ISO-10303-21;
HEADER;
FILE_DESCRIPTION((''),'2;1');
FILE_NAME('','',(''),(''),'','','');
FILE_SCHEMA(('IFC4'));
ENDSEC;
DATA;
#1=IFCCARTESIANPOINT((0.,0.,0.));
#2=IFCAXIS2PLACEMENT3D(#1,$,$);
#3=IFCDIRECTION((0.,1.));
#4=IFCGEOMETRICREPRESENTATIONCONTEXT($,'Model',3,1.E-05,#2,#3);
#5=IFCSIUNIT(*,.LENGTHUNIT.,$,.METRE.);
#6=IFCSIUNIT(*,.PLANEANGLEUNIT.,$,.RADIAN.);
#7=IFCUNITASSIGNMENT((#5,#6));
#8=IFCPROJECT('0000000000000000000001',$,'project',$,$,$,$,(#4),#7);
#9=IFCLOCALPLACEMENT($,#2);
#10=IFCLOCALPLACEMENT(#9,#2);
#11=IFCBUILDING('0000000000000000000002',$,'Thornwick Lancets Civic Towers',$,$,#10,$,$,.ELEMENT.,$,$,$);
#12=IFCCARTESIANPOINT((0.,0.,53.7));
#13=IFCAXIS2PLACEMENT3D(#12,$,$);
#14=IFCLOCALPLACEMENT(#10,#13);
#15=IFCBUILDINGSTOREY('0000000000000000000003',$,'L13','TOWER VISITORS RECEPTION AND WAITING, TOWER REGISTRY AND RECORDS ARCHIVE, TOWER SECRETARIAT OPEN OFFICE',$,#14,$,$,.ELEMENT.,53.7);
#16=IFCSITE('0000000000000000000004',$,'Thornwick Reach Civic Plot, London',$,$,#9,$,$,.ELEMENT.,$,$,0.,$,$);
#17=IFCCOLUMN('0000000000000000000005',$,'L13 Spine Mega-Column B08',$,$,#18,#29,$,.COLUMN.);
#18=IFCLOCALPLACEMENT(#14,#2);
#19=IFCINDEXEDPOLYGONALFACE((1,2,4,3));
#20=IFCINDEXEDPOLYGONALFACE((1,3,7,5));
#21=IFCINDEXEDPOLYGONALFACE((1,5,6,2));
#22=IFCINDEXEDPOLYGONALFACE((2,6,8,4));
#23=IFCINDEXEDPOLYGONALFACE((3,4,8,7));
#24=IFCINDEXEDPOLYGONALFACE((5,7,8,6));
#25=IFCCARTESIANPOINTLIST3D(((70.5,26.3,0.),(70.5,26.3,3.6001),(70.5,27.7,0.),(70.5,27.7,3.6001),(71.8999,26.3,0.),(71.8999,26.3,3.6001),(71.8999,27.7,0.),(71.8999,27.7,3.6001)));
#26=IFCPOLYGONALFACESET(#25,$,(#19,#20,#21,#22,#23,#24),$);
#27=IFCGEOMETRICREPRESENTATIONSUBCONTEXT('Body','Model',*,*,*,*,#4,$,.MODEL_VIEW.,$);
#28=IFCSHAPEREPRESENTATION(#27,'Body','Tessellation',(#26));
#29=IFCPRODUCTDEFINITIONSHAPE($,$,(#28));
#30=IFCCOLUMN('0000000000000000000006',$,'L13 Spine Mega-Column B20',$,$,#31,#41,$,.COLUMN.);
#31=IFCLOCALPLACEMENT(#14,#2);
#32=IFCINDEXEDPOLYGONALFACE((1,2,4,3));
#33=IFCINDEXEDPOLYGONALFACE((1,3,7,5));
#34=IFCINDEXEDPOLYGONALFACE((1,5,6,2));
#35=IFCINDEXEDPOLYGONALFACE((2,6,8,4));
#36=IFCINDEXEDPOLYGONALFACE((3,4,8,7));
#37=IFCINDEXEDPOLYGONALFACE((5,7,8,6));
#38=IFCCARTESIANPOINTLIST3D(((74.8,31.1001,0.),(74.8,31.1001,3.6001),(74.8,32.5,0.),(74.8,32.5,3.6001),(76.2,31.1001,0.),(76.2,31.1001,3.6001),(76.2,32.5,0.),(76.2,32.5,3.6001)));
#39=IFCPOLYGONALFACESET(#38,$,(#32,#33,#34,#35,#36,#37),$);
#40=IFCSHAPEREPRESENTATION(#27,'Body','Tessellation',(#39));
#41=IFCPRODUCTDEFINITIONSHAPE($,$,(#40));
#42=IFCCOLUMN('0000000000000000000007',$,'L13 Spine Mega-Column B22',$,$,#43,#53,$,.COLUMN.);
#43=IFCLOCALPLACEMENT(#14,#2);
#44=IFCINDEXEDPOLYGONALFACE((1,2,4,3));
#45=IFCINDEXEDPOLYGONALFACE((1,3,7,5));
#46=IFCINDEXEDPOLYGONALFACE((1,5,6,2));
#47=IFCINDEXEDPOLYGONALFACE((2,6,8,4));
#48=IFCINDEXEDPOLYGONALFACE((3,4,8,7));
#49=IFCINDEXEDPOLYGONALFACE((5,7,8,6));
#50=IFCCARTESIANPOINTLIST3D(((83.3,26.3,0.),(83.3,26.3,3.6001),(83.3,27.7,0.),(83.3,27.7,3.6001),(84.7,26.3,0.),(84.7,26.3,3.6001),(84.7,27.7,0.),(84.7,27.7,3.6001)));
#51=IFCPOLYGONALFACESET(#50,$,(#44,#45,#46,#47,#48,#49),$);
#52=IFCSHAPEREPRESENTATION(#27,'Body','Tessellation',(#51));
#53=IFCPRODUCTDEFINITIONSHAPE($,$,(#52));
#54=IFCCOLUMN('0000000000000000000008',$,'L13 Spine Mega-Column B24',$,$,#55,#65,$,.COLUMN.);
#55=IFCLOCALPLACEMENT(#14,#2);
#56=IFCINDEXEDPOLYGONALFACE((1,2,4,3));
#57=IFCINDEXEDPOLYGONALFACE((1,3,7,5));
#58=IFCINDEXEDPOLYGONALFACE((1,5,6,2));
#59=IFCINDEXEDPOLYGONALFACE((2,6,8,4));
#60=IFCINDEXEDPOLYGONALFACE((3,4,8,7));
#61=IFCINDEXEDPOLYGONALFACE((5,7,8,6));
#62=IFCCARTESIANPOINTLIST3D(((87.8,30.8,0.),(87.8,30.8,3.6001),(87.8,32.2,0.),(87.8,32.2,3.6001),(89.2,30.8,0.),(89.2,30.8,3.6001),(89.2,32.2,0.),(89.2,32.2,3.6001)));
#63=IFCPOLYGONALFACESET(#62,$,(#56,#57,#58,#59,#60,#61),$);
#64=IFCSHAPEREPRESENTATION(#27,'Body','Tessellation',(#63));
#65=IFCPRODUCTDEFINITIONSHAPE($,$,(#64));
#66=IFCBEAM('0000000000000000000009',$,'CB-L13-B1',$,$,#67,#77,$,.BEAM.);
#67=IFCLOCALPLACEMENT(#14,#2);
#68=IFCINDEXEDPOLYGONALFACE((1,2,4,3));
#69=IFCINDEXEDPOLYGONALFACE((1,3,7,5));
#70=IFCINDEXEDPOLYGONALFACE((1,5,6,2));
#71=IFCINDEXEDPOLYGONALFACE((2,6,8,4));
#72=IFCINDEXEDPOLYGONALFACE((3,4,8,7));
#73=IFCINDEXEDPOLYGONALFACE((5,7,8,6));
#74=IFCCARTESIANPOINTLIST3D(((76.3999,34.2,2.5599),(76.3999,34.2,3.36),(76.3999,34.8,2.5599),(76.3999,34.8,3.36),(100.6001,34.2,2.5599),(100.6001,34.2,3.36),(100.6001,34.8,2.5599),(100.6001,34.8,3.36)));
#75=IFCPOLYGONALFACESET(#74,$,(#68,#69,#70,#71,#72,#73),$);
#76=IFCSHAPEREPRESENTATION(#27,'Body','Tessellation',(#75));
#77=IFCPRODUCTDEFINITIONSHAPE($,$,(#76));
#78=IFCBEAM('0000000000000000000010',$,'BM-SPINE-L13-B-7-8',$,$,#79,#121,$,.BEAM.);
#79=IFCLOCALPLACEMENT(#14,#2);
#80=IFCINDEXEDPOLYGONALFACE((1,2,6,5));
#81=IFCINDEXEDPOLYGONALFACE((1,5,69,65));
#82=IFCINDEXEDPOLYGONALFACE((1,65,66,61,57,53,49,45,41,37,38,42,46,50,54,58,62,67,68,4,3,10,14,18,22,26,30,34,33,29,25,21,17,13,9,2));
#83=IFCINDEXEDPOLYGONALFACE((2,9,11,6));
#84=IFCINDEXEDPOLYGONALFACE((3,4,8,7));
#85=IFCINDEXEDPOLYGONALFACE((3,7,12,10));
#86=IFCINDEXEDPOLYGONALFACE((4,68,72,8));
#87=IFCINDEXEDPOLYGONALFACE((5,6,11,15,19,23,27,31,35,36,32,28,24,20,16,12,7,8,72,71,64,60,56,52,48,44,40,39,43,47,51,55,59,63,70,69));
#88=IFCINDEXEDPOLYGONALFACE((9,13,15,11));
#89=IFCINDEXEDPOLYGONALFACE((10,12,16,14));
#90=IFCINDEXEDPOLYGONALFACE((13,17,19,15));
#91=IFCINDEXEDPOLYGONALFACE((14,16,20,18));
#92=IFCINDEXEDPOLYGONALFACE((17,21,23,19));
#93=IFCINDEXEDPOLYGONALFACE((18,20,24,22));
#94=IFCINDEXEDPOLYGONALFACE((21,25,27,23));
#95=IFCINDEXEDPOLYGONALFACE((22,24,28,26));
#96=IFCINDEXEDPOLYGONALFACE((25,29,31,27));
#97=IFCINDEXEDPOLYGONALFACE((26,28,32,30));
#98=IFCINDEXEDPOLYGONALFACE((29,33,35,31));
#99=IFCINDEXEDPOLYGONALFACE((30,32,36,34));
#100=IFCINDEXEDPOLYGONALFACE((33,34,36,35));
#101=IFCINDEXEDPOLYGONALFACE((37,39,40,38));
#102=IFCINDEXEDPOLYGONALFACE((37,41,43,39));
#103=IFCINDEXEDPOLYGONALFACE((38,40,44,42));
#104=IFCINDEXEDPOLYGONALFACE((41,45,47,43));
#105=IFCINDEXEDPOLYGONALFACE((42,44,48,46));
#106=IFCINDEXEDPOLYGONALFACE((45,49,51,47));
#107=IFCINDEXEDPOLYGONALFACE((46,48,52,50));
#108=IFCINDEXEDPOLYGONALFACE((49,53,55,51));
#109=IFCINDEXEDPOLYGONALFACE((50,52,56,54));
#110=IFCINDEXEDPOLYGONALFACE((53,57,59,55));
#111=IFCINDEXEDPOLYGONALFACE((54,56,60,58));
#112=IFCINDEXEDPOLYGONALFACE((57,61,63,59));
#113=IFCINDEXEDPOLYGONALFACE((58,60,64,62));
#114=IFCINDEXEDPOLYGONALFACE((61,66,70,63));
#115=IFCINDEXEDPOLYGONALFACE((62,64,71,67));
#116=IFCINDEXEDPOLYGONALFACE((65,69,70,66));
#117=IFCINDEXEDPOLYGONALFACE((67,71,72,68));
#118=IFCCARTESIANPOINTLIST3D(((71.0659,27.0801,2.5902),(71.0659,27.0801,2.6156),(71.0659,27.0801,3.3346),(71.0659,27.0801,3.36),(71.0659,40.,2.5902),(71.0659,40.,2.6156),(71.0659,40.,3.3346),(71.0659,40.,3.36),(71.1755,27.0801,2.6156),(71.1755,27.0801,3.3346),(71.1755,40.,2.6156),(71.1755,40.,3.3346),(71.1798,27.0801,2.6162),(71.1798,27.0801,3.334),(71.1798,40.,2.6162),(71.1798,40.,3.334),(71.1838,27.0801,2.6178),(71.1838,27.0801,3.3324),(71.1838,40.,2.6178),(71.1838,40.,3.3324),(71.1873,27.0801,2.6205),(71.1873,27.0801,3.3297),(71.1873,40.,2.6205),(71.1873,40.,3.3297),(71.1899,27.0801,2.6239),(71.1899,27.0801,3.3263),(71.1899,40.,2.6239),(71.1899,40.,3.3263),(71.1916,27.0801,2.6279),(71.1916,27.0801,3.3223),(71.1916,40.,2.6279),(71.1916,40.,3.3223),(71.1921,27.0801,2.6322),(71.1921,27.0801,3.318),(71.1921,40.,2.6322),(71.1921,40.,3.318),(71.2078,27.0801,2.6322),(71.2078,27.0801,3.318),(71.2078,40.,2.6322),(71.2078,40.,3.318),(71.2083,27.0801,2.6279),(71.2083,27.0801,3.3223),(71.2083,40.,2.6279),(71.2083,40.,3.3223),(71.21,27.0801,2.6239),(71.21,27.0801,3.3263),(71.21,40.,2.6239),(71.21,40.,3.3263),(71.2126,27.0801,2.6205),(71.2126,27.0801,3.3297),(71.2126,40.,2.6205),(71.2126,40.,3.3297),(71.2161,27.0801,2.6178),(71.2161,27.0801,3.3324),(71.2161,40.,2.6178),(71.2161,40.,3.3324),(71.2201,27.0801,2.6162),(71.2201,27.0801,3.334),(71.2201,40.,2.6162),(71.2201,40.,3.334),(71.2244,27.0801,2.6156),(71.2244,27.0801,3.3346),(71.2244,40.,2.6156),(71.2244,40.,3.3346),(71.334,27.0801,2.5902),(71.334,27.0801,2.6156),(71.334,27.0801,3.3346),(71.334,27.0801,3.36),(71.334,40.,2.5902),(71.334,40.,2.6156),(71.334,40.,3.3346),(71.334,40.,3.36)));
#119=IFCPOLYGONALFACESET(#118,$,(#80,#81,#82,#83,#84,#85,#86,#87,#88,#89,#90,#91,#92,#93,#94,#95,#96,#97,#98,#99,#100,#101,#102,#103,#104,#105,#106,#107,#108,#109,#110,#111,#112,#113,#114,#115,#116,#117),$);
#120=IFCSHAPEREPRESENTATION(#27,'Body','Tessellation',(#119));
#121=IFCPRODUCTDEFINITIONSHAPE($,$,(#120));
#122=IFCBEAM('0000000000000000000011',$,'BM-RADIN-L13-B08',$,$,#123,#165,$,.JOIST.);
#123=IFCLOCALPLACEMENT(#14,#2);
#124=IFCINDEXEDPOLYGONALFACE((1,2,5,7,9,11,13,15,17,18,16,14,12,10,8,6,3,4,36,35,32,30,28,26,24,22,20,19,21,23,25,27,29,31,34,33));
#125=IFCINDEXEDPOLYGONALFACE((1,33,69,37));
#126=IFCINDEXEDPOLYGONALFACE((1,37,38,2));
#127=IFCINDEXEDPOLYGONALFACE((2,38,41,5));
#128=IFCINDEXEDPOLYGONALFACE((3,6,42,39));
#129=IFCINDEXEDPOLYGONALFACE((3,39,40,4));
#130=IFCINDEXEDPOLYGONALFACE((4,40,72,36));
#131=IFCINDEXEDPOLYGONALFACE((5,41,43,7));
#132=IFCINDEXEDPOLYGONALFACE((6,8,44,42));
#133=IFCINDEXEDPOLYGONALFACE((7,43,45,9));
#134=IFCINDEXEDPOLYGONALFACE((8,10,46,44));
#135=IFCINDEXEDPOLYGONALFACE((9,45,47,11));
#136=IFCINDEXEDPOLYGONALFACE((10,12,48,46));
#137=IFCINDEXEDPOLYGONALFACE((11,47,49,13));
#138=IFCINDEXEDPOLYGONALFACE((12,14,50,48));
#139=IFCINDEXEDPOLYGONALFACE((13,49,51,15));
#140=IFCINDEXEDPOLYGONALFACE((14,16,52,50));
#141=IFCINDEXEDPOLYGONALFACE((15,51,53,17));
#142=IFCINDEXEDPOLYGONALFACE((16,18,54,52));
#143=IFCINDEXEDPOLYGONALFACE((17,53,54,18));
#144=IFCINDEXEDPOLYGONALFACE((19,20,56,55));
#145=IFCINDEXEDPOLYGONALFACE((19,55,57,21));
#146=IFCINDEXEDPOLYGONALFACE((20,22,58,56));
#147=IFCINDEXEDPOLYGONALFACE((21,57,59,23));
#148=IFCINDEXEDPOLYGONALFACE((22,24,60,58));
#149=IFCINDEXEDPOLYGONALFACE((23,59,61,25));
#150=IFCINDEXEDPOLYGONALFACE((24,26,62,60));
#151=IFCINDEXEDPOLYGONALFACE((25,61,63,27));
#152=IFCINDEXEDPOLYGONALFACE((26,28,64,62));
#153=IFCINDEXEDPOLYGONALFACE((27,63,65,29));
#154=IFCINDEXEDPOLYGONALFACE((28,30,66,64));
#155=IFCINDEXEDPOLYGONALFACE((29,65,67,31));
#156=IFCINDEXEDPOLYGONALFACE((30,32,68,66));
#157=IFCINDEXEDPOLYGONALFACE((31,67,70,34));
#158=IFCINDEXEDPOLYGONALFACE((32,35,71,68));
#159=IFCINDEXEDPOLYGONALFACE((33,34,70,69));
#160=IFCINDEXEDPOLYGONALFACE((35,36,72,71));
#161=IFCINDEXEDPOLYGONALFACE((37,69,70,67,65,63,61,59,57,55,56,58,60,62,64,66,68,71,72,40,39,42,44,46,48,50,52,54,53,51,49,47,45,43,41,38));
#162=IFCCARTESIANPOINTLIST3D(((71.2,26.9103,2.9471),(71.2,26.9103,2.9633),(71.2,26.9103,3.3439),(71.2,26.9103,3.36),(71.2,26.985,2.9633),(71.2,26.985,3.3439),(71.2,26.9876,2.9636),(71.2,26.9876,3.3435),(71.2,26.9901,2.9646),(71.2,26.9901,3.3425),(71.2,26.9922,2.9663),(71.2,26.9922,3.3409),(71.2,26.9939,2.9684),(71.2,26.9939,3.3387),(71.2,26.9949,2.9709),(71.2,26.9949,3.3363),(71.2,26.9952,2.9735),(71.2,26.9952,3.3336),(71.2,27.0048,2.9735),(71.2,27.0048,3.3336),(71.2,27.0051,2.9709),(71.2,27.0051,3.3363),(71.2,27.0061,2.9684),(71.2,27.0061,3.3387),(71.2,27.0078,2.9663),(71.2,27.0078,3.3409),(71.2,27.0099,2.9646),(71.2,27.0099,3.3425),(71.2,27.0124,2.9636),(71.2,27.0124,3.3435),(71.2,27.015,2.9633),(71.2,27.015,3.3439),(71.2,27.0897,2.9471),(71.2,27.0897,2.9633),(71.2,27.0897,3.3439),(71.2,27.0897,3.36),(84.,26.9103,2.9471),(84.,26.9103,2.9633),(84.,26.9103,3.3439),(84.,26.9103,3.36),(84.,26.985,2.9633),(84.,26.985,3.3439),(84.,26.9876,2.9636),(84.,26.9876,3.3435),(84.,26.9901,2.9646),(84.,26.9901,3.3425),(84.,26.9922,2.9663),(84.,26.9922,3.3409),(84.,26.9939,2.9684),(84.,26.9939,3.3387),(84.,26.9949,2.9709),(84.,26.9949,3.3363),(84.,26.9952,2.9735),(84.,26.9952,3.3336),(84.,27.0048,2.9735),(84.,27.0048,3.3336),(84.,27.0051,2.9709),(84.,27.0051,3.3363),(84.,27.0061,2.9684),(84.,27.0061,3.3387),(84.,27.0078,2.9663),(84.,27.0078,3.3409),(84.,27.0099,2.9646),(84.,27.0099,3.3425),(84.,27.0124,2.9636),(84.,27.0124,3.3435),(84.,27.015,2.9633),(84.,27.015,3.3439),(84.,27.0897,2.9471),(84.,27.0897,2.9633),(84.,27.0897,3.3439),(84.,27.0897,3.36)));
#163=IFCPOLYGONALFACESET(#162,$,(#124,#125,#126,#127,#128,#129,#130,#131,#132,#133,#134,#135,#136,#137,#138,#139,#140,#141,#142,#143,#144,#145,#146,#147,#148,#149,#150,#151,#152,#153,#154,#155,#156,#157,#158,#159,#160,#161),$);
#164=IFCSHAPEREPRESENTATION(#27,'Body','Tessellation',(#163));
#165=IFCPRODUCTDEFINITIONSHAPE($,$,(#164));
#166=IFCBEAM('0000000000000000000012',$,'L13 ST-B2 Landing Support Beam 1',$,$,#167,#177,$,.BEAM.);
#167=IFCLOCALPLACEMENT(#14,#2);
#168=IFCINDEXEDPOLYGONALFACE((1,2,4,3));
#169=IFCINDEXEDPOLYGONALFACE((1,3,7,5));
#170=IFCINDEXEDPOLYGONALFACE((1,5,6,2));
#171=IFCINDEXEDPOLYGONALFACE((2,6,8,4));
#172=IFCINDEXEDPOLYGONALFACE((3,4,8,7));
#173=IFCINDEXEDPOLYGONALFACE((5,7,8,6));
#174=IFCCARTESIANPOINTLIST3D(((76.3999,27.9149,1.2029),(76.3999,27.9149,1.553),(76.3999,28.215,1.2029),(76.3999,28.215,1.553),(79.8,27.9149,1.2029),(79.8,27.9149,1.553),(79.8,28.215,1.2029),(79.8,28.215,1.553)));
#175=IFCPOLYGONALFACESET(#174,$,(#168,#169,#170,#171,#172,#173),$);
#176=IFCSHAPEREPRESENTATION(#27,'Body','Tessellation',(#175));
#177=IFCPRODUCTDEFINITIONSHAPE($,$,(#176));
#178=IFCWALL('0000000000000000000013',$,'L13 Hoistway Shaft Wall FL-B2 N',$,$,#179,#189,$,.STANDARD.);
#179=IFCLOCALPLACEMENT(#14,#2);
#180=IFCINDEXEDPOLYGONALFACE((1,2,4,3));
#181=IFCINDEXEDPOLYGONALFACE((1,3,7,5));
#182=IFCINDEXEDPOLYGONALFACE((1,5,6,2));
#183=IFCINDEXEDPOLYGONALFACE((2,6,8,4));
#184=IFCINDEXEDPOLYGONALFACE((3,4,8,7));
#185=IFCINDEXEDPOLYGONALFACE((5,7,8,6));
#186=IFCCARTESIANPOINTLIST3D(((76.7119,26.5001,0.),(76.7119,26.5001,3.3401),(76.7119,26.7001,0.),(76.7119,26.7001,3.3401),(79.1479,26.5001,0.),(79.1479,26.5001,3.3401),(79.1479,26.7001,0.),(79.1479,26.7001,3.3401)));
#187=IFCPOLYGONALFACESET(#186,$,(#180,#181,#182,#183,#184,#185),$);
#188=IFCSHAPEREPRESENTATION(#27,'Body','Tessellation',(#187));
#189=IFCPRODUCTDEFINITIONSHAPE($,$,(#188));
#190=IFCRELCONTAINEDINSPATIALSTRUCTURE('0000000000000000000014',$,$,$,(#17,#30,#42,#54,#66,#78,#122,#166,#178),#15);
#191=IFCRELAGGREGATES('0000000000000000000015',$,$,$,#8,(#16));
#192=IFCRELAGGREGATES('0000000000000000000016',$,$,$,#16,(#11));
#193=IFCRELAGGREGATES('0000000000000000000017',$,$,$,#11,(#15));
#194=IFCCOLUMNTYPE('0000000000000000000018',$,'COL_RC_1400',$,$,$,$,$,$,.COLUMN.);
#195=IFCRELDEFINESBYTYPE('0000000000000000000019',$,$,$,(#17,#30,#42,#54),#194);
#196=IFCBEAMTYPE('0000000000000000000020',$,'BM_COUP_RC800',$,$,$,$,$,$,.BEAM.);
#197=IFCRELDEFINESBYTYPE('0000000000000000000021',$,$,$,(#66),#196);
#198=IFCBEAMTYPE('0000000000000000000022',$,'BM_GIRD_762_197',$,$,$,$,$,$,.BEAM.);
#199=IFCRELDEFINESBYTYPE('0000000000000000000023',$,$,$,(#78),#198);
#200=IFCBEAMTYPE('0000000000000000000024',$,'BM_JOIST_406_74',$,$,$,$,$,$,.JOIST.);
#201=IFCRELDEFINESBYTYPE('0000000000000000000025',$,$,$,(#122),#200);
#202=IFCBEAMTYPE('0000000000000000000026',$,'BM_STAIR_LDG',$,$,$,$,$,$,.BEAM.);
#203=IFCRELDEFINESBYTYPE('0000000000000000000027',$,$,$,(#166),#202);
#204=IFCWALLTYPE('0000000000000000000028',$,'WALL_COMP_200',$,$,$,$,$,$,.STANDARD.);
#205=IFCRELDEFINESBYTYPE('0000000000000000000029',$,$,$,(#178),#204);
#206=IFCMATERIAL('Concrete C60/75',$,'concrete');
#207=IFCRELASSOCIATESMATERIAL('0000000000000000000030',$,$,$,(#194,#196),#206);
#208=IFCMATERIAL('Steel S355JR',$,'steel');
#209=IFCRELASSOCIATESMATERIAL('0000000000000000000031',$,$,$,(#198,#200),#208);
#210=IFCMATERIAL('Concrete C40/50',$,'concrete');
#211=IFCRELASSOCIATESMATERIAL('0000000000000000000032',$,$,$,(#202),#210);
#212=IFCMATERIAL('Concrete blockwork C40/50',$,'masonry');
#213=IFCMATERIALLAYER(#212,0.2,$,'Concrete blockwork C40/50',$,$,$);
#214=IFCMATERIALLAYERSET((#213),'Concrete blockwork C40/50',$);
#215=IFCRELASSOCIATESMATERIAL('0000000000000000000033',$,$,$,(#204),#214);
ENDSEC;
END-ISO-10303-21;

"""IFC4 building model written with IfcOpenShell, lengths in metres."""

from ifc_helpers import new_model, si_unit, direction, frame, frame_2d, origin, origin_2d, place, context, subcontext, project, spatial, rectangle, i_section, extrude, material, layer, layer_set, material_profile, profile_set, type_object, element, save


model = new_model("IFC4")

# Units and contexts
model_context = context("Model", 3, precision=1e-05, world=origin(), true_north=direction((0.0, 1.0)))
body_context = subcontext(model_context, "Body", "Model", "MODEL_VIEW")
ifc_project = project(units=[si_unit("LENGTHUNIT", "METRE"), si_unit("PLANEANGLEUNIT", "RADIAN")], contexts=[model_context])

# Site, building, storey
site_placement = place(None, origin())
site = spatial("IfcSite", under=ifc_project, at=site_placement, Name="Thornwick Reach Civic Plot, London", CompositionType="ELEMENT", RefElevation=0.0)
building_placement = place(site_placement, origin())
building = spatial("IfcBuilding", under=site, at=building_placement, Name="Thornwick Lancets Civic Towers", CompositionType="ELEMENT")
storey_placement = place(building_placement, frame((0.0, 0.0, 53.7)))
storey = spatial("IfcBuildingStorey", under=building, at=storey_placement, Name="L13", Description="TOWER VISITORS RECEPTION AND WAITING, TOWER REGISTRY AND RECORDS ARCHIVE, TOWER SECRETARIAT OPEN OFFICE", CompositionType="ELEMENT", Elevation=53.7)

# Columns
ifc_material_1 = material(Name="Concrete C60/75", Category="concrete")
ifc_material_profile_1 = material_profile(ifc_material_1, rectangle(XDim=1.3999, YDim=1.3999, at=origin_2d()), Name="RC 1400x1400")
ifc_profile_set_1 = profile_set([ifc_material_profile_1], Name="Concrete C60/75")
column_type = type_object("IfcColumnType", Name="COL_RC_1400", PredefinedType="COLUMN", material=ifc_profile_set_1)
for number, where, z_axis, x_axis, name in (
    (1, (71.2, 27.0, 0.0), (0.0, 0.0, 1.0), (1.0, 0.0, 0.0), "L13 Spine Mega-Column B08"),
    (2, (75.5, 31.8, 0.0), (0.0, 0.0, 1.0), (1.0, 0.0, 0.0), "L13 Spine Mega-Column B20"),
    (3, (84.0, 27.0, 0.0), (0.0, 0.0, 1.0), (1.0, 0.0, 0.0), "L13 Spine Mega-Column B22"),
    (4, (88.5, 31.5, 0.0), (0.0, 0.0, 1.0), (1.0, 0.0, 0.0), "L13 Spine Mega-Column B24"),
):
    element("IfcColumn", number, at=place(storey_placement, frame(where, z_axis=z_axis, x_axis=x_axis)), inside=storey, type_object=column_type, Name=name, PredefinedType="COLUMN", context=body_context, shape_type="SweptSolid", body=[
        extrude(rectangle(XDim=1.3999, YDim=1.3999, at=origin_2d()), origin(), (0.0, 0.0, 1.0), 3.6001),
    ])

# Beams
ifc_material_profile_2 = material_profile(ifc_material_1, rectangle(XDim=0.6001, YDim=0.8, at=origin_2d()), Name="RC 600x800")
ifc_profile_set_2 = profile_set([ifc_material_profile_2], Name="Concrete C60/75")
beam_type_1 = type_object("IfcBeamType", Name="BM_COUP_RC800", PredefinedType="BEAM", material=ifc_profile_set_2)
beam_1_placement = place(storey_placement, frame((76.3999, 34.5, 2.96), z_axis=(1.0, 0.0, 0.0), x_axis=(0.0, 1.0, 0.0)))
element("IfcBeam", 5, at=beam_1_placement, inside=storey, type_object=beam_type_1, Name="CB-L13-B1", PredefinedType="BEAM", context=body_context, shape_type="SweptSolid", body=[
    extrude(rectangle(XDim=0.6001, YDim=0.8, at=origin_2d()), origin(), (0.0, 0.0, 1.0), 24.2002),
])
ifc_material_2 = material(Name="Steel S355JR", Category="steel")
ifc_material_profile_3 = material_profile(ifc_material_2, i_section(OverallWidth=0.2681, OverallDepth=0.7698, WebThickness=0.0156, FlangeThickness=0.0254, FilletRadius=0.0166, at=origin_2d()), Name="UKB 762x267x197")
ifc_profile_set_3 = profile_set([ifc_material_profile_3], Name="Steel S355JR")
beam_type_2 = type_object("IfcBeamType", Name="BM_GIRD_762_197", PredefinedType="BEAM", material=ifc_profile_set_3)
beam_2_placement = place(storey_placement, frame((71.2, 27.0801, 2.9751), z_axis=(0.0, 1.0, 0.0), x_axis=(-1.0, 0.0, 0.0)))
element("IfcBeam", 6, at=beam_2_placement, inside=storey, type_object=beam_type_2, Name="BM-SPINE-L13-B-7-8", PredefinedType="BEAM", context=body_context, shape_type="SweptSolid", body=[
    extrude(i_section(OverallWidth=0.2681, OverallDepth=0.7698, WebThickness=0.0156, FlangeThickness=0.0254, FilletRadius=0.0166, at=origin_2d()), origin(), (0.0, 0.0, 1.0), 12.9199),
])
ifc_material_profile_4 = material_profile(ifc_material_2, i_section(OverallWidth=0.1794, OverallDepth=0.4128, WebThickness=0.0095, FlangeThickness=0.0161, FilletRadius=0.0103, at=origin_2d()), Name="UKB 406x178x74")
ifc_profile_set_4 = profile_set([ifc_material_profile_4], Name="Steel S355JR")
beam_type_3 = type_object("IfcBeamType", Name="BM_JOIST_406_74", PredefinedType="JOIST", material=ifc_profile_set_4)
beam_3_placement = place(storey_placement, frame((84.0, 27.0, 3.1536), z_axis=(-1.0, 0.0, 0.0), x_axis=(0.0, -1.0, 0.0)))
element("IfcBeam", 7, at=beam_3_placement, inside=storey, type_object=beam_type_3, Name="BM-RADIN-L13-B08", PredefinedType="JOIST", context=body_context, shape_type="SweptSolid", body=[
    extrude(i_section(OverallWidth=0.1794, OverallDepth=0.4128, WebThickness=0.0095, FlangeThickness=0.0161, FilletRadius=0.0103, at=origin_2d()), origin(), (0.0, 0.0, 1.0), 12.8),
])
ifc_material_3 = material(Name="Concrete C40/50", Category="concrete")
ifc_material_profile_5 = material_profile(ifc_material_3, rectangle(XDim=0.3, YDim=0.3501, at=origin_2d()), Name="RC 300x350")
ifc_profile_set_5 = profile_set([ifc_material_profile_5], Name="Concrete C40/50")
beam_type_4 = type_object("IfcBeamType", Name="BM_STAIR_LDG", PredefinedType="BEAM", material=ifc_profile_set_5)
beam_4_placement = place(storey_placement, frame((76.3999, 28.0649, 1.3779), z_axis=(1.0, 0.0, 0.0), x_axis=(0.0, 1.0, 0.0)))
element("IfcBeam", 8, at=beam_4_placement, inside=storey, type_object=beam_type_4, Name="L13 ST-B2 Landing Support Beam 1", PredefinedType="BEAM", context=body_context, shape_type="SweptSolid", body=[
    extrude(rectangle(XDim=0.3, YDim=0.3501, at=origin_2d()), origin(), (0.0, 0.0, 1.0), 3.4001),
])

# Wall
ifc_material_4 = material(Name="Concrete blockwork C40/50", Category="masonry")
ifc_layer_1 = layer(ifc_material_4, 0.2, Name="Concrete blockwork C40/50")
ifc_layer_set_1 = layer_set([ifc_layer_1], Name="Concrete blockwork C40/50")
wall_type_1 = type_object("IfcWallType", Name="WALL_COMP_200", PredefinedType="STANDARD", material=ifc_layer_set_1)
wall_1_placement = place(storey_placement, frame((76.7119, 26.6001, 0.0), z_axis=(0.0, 0.0, 1.0), x_axis=(1.0, 0.0, 0.0)))
element("IfcWall", 9, at=wall_1_placement, inside=storey, type_object=wall_type_1, Name="L13 Hoistway Shaft Wall FL-B2 N", PredefinedType="STANDARD", context=body_context, shape_type="SweptSolid", body=[
    extrude(rectangle(XDim=2.436, YDim=0.2, at=frame_2d((1.218, 0.0))), origin(), (0.0, 0.0, 1.0), 3.3401),
])

save(model, "model.ifc")
